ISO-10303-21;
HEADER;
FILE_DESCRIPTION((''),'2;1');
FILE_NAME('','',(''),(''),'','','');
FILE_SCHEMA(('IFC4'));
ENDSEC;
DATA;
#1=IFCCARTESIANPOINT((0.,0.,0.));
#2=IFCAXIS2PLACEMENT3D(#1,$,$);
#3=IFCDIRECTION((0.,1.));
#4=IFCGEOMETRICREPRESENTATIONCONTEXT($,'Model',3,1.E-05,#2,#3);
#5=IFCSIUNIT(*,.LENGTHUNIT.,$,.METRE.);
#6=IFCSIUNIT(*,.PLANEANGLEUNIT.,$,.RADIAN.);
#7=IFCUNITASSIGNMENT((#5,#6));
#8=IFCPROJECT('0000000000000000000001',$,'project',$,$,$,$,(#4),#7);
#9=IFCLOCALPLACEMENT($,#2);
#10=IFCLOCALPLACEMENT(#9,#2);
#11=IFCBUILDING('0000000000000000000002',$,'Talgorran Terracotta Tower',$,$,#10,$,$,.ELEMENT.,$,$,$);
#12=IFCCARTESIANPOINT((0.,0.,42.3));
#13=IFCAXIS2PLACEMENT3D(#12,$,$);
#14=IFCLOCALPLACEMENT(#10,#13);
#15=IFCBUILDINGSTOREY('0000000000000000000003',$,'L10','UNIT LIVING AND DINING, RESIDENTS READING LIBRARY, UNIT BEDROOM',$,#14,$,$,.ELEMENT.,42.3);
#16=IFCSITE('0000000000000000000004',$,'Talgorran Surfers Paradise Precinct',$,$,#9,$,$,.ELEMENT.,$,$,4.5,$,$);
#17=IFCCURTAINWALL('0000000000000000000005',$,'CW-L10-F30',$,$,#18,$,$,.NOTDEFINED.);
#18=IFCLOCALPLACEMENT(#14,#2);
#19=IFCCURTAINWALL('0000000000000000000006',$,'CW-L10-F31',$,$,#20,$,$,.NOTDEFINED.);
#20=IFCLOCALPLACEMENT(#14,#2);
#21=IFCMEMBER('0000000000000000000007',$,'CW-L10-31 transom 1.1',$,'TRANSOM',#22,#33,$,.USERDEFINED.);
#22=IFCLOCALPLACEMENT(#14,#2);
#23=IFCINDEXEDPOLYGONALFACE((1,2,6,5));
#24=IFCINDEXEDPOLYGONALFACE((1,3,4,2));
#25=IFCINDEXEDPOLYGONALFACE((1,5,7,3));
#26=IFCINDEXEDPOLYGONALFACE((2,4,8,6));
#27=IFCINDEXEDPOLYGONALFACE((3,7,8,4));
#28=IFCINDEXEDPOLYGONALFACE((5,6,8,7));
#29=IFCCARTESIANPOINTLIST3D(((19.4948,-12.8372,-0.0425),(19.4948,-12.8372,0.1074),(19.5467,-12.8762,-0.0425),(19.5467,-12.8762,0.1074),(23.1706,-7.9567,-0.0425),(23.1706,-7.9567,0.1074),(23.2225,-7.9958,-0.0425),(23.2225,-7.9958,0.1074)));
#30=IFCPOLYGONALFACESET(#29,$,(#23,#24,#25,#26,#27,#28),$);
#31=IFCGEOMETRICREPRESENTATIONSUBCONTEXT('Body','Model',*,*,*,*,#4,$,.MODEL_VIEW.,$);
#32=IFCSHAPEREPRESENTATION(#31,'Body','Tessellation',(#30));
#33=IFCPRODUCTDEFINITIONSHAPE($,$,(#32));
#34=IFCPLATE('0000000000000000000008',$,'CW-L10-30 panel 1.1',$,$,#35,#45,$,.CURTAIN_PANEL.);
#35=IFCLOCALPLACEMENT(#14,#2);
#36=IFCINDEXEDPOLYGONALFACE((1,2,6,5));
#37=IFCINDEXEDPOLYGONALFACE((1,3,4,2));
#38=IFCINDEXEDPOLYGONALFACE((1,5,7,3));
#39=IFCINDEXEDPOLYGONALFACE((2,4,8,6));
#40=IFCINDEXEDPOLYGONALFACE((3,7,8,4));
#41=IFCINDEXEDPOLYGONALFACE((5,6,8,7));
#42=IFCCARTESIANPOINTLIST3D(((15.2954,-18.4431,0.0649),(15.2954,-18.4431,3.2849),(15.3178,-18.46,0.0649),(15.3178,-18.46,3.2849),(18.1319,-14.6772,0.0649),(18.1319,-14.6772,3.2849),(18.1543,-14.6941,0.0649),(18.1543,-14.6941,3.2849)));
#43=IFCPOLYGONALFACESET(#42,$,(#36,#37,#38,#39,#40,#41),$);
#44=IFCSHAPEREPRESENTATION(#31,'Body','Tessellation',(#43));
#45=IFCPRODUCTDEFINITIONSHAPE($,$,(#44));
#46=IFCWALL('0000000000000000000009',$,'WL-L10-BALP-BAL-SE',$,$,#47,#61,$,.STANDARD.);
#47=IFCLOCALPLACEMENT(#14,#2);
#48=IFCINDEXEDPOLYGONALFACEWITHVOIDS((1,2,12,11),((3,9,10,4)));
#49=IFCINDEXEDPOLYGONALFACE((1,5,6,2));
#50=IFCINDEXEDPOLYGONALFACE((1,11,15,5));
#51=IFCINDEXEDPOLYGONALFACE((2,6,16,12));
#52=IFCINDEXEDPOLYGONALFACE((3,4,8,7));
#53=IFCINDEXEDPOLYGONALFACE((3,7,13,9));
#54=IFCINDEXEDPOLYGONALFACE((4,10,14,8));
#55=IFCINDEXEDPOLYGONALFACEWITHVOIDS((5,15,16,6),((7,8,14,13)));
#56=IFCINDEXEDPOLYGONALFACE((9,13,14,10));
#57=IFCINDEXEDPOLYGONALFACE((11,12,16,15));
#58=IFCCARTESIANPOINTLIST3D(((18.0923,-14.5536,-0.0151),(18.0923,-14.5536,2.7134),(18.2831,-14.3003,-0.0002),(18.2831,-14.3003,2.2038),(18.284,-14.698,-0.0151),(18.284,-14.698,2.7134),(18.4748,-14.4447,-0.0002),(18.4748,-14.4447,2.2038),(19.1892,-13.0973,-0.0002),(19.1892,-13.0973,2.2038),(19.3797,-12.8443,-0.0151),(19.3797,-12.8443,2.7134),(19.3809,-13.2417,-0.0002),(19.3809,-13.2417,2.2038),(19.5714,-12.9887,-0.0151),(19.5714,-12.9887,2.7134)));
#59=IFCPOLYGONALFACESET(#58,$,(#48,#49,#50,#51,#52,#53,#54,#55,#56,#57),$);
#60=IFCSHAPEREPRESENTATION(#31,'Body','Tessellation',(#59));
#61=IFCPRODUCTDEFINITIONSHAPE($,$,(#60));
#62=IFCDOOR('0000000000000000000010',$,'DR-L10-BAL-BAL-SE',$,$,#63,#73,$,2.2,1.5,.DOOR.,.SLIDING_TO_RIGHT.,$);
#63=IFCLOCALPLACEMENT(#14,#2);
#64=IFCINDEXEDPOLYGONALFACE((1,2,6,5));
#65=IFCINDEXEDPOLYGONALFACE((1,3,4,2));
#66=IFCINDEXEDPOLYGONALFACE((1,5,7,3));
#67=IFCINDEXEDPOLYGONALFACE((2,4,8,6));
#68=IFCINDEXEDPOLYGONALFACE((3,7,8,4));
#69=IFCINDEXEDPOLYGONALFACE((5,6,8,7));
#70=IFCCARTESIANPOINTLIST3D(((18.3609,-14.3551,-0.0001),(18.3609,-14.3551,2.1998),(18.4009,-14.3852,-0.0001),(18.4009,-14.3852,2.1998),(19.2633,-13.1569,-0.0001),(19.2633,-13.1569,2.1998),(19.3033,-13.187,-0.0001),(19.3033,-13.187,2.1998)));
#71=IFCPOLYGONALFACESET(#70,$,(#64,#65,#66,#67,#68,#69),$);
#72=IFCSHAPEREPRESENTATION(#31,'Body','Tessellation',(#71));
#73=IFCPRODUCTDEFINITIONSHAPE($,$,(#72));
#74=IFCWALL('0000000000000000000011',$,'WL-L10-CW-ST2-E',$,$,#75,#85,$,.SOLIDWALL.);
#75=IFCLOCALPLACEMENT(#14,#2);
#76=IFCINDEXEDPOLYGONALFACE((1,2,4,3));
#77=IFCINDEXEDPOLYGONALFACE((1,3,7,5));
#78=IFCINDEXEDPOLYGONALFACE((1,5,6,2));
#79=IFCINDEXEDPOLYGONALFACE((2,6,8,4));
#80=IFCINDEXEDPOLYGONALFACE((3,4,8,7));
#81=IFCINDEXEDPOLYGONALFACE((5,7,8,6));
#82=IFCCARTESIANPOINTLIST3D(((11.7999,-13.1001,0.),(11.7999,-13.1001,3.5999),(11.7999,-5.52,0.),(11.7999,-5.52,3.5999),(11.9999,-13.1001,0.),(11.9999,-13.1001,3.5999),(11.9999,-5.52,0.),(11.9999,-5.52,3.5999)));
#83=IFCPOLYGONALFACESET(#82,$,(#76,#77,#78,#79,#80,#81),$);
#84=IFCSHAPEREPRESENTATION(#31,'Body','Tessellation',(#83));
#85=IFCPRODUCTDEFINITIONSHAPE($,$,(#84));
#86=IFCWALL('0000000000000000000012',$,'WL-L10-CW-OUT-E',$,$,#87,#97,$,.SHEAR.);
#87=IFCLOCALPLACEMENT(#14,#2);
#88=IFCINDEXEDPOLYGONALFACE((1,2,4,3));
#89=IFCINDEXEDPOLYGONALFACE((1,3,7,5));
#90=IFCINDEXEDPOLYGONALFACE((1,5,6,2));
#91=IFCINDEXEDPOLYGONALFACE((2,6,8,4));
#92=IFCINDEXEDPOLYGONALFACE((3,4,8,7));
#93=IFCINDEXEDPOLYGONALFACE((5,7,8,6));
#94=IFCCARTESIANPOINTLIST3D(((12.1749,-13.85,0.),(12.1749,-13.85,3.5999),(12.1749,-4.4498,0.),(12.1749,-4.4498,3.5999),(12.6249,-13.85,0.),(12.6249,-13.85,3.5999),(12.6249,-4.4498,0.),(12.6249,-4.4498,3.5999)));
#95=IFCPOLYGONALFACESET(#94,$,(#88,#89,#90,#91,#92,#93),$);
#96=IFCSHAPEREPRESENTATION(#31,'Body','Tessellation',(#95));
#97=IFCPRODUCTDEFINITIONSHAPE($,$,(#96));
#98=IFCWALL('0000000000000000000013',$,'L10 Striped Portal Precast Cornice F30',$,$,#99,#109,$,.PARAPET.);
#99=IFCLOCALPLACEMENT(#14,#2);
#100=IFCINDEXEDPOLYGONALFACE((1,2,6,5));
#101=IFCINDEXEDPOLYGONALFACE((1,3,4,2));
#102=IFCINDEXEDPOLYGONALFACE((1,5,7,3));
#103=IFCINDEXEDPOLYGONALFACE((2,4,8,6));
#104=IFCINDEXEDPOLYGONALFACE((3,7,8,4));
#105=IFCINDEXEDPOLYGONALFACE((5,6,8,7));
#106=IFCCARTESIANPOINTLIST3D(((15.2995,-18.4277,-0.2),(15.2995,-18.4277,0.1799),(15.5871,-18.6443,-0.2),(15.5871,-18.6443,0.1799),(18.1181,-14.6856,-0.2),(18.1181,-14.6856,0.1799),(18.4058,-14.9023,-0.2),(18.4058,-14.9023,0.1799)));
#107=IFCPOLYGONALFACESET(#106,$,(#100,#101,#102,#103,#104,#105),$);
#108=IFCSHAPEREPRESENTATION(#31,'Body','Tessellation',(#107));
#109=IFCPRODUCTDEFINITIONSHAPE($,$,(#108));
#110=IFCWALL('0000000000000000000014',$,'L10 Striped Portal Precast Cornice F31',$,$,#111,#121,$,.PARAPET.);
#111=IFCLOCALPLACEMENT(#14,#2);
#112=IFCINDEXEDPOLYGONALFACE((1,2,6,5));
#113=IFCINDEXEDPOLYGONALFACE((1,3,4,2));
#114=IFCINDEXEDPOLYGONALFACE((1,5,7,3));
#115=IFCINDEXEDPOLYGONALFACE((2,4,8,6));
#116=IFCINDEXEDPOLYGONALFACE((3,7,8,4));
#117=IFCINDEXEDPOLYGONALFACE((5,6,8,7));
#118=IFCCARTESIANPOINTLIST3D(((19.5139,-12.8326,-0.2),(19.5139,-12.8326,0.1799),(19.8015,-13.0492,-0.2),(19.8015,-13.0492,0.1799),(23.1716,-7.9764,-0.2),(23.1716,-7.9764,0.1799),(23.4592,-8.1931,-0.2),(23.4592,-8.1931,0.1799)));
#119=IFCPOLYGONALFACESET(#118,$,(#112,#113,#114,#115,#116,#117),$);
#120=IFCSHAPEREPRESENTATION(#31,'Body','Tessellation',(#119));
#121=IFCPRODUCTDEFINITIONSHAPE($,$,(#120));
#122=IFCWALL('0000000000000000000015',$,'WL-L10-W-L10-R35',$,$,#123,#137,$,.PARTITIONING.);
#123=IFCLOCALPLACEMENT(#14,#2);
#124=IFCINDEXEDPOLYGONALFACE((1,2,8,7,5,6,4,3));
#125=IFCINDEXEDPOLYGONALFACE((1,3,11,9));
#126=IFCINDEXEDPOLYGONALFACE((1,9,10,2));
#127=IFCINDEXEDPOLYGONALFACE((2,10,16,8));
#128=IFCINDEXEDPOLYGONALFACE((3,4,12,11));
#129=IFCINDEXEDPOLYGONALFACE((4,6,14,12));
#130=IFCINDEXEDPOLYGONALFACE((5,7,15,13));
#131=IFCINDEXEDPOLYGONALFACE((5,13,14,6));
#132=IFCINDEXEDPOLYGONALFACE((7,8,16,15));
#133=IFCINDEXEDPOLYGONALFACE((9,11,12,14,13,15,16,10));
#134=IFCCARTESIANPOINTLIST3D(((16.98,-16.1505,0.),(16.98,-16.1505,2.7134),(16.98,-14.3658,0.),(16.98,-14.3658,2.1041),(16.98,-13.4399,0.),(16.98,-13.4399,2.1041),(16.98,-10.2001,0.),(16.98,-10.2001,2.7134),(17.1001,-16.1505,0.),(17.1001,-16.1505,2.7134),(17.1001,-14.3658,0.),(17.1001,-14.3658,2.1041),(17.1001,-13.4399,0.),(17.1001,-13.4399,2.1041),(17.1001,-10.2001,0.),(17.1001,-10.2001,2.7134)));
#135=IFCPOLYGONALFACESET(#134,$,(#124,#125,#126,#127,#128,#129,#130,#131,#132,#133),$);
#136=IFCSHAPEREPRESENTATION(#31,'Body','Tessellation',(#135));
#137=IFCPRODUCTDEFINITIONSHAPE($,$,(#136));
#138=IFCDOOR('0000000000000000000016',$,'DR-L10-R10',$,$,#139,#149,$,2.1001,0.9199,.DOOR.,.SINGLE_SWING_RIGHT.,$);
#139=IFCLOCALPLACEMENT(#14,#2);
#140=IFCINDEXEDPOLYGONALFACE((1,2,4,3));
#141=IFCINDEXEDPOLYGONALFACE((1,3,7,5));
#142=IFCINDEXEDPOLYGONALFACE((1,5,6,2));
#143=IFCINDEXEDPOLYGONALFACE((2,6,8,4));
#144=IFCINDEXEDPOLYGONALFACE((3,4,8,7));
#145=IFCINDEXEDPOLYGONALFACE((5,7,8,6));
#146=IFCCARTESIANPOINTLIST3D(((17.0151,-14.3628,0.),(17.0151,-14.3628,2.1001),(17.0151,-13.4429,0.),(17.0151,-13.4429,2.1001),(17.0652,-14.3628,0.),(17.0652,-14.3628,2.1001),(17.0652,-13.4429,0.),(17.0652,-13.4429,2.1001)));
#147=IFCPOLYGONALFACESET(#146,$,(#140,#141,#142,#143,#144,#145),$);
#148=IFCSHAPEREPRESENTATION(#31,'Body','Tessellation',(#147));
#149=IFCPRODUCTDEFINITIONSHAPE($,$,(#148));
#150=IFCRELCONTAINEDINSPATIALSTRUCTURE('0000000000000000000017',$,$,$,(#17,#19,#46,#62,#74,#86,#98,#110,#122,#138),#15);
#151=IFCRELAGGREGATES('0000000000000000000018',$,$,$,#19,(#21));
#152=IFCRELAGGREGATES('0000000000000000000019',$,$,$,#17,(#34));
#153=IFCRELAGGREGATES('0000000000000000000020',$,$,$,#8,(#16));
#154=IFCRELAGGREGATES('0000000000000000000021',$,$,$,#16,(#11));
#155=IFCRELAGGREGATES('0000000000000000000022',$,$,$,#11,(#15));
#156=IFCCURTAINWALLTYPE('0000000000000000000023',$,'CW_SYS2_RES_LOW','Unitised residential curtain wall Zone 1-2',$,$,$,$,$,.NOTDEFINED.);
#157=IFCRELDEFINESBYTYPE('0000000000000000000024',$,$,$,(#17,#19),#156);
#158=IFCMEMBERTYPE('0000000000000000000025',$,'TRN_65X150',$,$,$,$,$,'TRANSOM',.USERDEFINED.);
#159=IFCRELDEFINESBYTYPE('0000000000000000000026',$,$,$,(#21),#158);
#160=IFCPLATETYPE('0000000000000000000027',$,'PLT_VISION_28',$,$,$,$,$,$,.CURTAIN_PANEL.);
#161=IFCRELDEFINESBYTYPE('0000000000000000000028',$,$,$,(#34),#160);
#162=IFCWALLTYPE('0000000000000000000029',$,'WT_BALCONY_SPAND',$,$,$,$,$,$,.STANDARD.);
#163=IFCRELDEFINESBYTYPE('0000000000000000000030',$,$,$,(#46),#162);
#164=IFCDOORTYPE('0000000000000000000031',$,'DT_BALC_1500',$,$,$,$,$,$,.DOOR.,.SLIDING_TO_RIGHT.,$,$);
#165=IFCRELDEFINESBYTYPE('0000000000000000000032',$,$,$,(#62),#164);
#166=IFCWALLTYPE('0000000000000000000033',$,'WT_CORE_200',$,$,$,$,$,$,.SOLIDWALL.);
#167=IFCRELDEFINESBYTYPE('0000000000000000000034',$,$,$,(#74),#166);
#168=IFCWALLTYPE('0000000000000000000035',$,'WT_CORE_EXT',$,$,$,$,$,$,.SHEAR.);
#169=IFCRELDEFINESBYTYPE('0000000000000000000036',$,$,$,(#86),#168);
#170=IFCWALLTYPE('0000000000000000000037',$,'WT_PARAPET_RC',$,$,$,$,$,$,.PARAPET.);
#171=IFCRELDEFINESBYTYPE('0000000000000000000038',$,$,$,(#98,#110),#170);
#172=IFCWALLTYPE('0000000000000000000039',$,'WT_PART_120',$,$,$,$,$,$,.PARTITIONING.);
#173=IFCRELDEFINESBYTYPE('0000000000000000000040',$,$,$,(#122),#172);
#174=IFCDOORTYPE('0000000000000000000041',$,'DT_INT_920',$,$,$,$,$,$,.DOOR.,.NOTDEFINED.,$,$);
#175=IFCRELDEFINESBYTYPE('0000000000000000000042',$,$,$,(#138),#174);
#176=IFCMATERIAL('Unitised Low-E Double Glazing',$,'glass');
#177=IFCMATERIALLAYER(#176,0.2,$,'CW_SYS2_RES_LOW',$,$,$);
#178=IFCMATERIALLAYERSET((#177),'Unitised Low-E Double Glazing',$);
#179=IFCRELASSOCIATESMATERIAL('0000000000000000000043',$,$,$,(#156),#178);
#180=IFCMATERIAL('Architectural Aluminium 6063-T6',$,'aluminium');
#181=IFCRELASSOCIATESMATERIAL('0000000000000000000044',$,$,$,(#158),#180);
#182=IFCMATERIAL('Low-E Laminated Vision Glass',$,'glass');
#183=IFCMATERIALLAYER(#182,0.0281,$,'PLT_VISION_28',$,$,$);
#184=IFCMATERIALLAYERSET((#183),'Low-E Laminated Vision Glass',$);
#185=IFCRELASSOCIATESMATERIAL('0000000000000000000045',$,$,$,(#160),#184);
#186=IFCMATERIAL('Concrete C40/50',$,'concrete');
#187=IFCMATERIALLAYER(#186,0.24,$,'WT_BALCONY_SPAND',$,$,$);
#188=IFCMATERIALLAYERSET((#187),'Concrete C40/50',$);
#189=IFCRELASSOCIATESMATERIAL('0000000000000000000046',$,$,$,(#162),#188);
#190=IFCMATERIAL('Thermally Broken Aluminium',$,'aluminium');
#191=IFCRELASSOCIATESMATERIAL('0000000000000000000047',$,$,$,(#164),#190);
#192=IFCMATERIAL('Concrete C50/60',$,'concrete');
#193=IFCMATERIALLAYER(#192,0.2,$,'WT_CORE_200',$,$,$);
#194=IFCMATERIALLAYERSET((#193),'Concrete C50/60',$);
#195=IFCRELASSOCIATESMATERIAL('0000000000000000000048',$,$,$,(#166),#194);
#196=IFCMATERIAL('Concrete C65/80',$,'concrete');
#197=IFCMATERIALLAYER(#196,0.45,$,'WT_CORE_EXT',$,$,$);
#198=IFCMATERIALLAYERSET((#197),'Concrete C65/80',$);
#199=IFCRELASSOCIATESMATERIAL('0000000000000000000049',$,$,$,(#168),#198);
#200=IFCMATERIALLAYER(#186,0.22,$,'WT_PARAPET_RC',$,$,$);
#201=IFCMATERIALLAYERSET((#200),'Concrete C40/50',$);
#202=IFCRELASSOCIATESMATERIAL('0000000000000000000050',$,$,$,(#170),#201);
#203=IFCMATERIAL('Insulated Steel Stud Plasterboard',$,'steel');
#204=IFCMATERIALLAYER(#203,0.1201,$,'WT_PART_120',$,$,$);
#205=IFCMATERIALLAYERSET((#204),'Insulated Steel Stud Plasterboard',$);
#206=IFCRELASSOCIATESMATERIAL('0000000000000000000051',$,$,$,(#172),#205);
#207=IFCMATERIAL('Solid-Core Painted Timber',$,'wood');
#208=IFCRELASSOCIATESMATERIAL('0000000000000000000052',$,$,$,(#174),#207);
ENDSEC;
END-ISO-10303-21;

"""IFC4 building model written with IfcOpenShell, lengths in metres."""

from ifc_helpers import new_model, si_unit, direction, frame, frame_2d, origin, origin_2d, place, context, subcontext, project, spatial, rectangle, extrude, source, transform, mapped, material, layer, layer_set, material_profile, profile_set, type_object, type_shapes, element, fill, aggregate, save


model = new_model("IFC4")

# Units and contexts
model_context = context("Model", 3, precision=1e-05, world=origin(), true_north=direction((0.0, 1.0)))
body_context = subcontext(model_context, "Body", "Model", "MODEL_VIEW")
ifc_project = project(units=[si_unit("LENGTHUNIT", "METRE"), si_unit("PLANEANGLEUNIT", "RADIAN")], contexts=[model_context])

# Site, building, storey
site_placement = place(None, origin())
site = spatial("IfcSite", under=ifc_project, at=site_placement, Name="Talgorran Surfers Paradise Precinct", CompositionType="ELEMENT", RefElevation=4.5)
building_placement = place(site_placement, origin())
building = spatial("IfcBuilding", under=site, at=building_placement, Name="Talgorran Terracotta Tower", CompositionType="ELEMENT")
storey_placement = place(building_placement, frame((0.0, 0.0, 42.3)))
storey = spatial("IfcBuildingStorey", under=building, at=storey_placement, Name="L10", Description="UNIT LIVING AND DINING, RESIDENTS READING LIBRARY, UNIT BEDROOM", CompositionType="ELEMENT", Elevation=42.3)

# Shared definitions
ifc_material_1 = material(Name="Unitised Low-E Double Glazing", Category="glass")
ifc_layer_1 = layer(ifc_material_1, 0.2, Name="CW_SYS2_RES_LOW")
ifc_layer_set_1 = layer_set([ifc_layer_1], Name="Unitised Low-E Double Glazing")
curtain_wall_type = type_object("IfcCurtainWallType", Name="CW_SYS2_RES_LOW", Description="Unitised residential curtain wall Zone 1-2", PredefinedType="NOTDEFINED", material=ifc_layer_set_1)
ifc_material_2 = material(Name="Architectural Aluminium 6063-T6", Category="aluminium")

# Curtain wall
curtain_wall_1_placement = place(storey_placement, origin())
curtain_wall_1 = element("IfcCurtainWall", 1, at=curtain_wall_1_placement, inside=storey, type_object=curtain_wall_type, Name="CW-L10-F30", PredefinedType="NOTDEFINED")

# Curtain wall
curtain_wall_2_placement = place(storey_placement, origin())
curtain_wall_2 = element("IfcCurtainWall", 2, at=curtain_wall_2_placement, inside=storey, type_object=curtain_wall_type, Name="CW-L10-F31", PredefinedType="NOTDEFINED")

# Member
ifc_material_profile_1 = material_profile(ifc_material_2, rectangle(XDim=0.0649, YDim=0.1499, at=origin_2d()), Name="CWT65X150")
ifc_profile_set_1 = profile_set([ifc_material_profile_1], Name="Architectural Aluminium 6063-T6")
member_type_1 = type_object("IfcMemberType", Name="TRN_65X150", ElementType="TRANSOM", PredefinedType="USERDEFINED", material=ifc_profile_set_1)
member_1_placement = place(storey_placement, frame((19.5208, -12.8567, 0.0325), z_axis=(0.601623, 0.79878, 0.0), x_axis=(-0.79878, 0.601623, 0.0)))
member_1 = element("IfcMember", 3, at=member_1_placement, type_object=member_type_1, Name="CW-L10-31 transom 1.1", ObjectType="TRANSOM", PredefinedType="USERDEFINED", context=body_context, shape_type="SweptSolid", body=[
    extrude(rectangle(XDim=0.0649, YDim=0.1499, at=origin_2d()), origin(), (0.0, 0.0, 1.0), 6.1099),
])
aggregate(curtain_wall_2, [member_1])

# Plate
ifc_material_3 = material(Name="Low-E Laminated Vision Glass", Category="glass")
ifc_layer_2 = layer(ifc_material_3, 0.0281, Name="PLT_VISION_28")
ifc_layer_set_2 = layer_set([ifc_layer_2], Name="Low-E Laminated Vision Glass")
plate_type = type_object("IfcPlateType", Name="PLT_VISION_28", PredefinedType="CURTAIN_PANEL", material=ifc_layer_set_2)
shared_shape = source(origin(), body_context, "Body", "SweptSolid", [
    extrude(rectangle(XDim=4.7146, YDim=0.0281, at=origin_2d()), origin(), (0.0, 0.0, 1.0), 3.22),
])
type_shapes(plate_type, [shared_shape])
plate_placement = place(storey_placement, frame((16.7249, -16.5686, 0.0649), z_axis=(0.0, 0.0, 1.0), x_axis=(0.60163, 0.798775, 0.0)))
plate = element("IfcPlate", 4, at=plate_placement, type_object=plate_type, Name="CW-L10-30 panel 1.1", PredefinedType="CURTAIN_PANEL", context=body_context, shape_type="MappedRepresentation", body=[
    mapped(shared_shape, transform((0.0, 0.0, 0.0), scale=1.0)),
])
aggregate(curtain_wall_1, [plate])

# Wall, opening, door
ifc_material_4 = material(Name="Concrete C40/50", Category="concrete")
ifc_layer_3 = layer(ifc_material_4, 0.24, Name="WT_BALCONY_SPAND")
ifc_layer_set_3 = layer_set([ifc_layer_3], Name="Concrete C40/50")
wall_type_1 = type_object("IfcWallType", Name="WT_BALCONY_SPAND", PredefinedType="STANDARD", material=ifc_layer_set_3)
wall_1_placement = place(storey_placement, frame((18.1882, -14.6257, -0.0151), z_axis=(0.0, 0.0, 1.0), x_axis=(0.601623, 0.79878, 0.0)))
wall_1 = element("IfcWall", 5, at=wall_1_placement, inside=storey, type_object=wall_type_1, Name="WL-L10-BALP-BAL-SE", PredefinedType="STANDARD", context=body_context, shape_type="SweptSolid", body=[
    extrude(rectangle(XDim=2.1399, YDim=0.24, at=frame_2d((1.0698, 0.0))), origin(), (0.0, 0.0, 1.0), 2.7285),
])
opening_1_placement = place(wall_1_placement, frame((0.3201, 0.0, 0.0149)))
opening_1 = element("IfcOpeningElement", 6, at=opening_1_placement, cuts=wall_1, PredefinedType="OPENING", context=body_context, shape_type="SweptSolid", body=[
    extrude(rectangle(XDim=1.506, YDim=2.204, at=frame_2d((0.75, 1.1021))), frame((0.0, 0.1299, 0.0), z_axis=(0.0, -1.0, 0.0), x_axis=(1.0, 0.0, 0.0)), (0.0, 0.0, 1.0), 0.26),
])
ifc_material_5 = material(Name="Thermally Broken Aluminium", Category="aluminium")
door_type_1 = type_object("IfcDoorType", Name="DT_BALC_1500", OperationType="SLIDING_TO_RIGHT", PredefinedType="DOOR", material=ifc_material_5)
door_1_placement = place(opening_1_placement, origin())
door_1 = element("IfcDoor", 7, at=door_1_placement, inside=storey, type_object=door_type_1, Name="DR-L10-BAL-BAL-SE", OperationType="SLIDING_TO_RIGHT", OverallHeight=2.2, OverallWidth=1.5, PredefinedType="DOOR", context=body_context, shape_type="SweptSolid", body=[
    extrude(rectangle(XDim=1.5, YDim=2.2, at=frame_2d((0.75, 1.1001))), frame((0.0, 0.0249, 0.0), z_axis=(0.0, -1.0, 0.0), x_axis=(1.0, 0.0, 0.0)), (0.0, 0.0, 1.0), 0.05),
])
fill(opening_1, door_1)

# Walls
ifc_material_6 = material(Name="Concrete C50/60", Category="concrete")
ifc_layer_4 = layer(ifc_material_6, 0.2, Name="WT_CORE_200")
ifc_layer_set_4 = layer_set([ifc_layer_4], Name="Concrete C50/60")
wall_type_2 = type_object("IfcWallType", Name="WT_CORE_200", PredefinedType="SOLIDWALL", material=ifc_layer_set_4)
wall_2_placement = place(storey_placement, frame((11.8999, -13.1001, 0.0), z_axis=(0.0, 0.0, 1.0), x_axis=(0.0, 1.0, 0.0)))
element("IfcWall", 8, at=wall_2_placement, inside=storey, type_object=wall_type_2, Name="WL-L10-CW-ST2-E", PredefinedType="SOLIDWALL", context=body_context, shape_type="SweptSolid", body=[
    extrude(rectangle(XDim=7.5801, YDim=0.2, at=frame_2d((3.79, 0.0))), origin(), (0.0, 0.0, 1.0), 3.5999),
])
ifc_material_7 = material(Name="Concrete C65/80", Category="concrete")
ifc_layer_5 = layer(ifc_material_7, 0.45, Name="WT_CORE_EXT")
ifc_layer_set_5 = layer_set([ifc_layer_5], Name="Concrete C65/80")
wall_type_3 = type_object("IfcWallType", Name="WT_CORE_EXT", PredefinedType="SHEAR", material=ifc_layer_set_5)
wall_3_placement = place(storey_placement, frame((12.3999, -13.8501, 0.0), z_axis=(0.0, 0.0, 1.0), x_axis=(0.0, 1.0, 0.0)))
element("IfcWall", 9, at=wall_3_placement, inside=storey, type_object=wall_type_3, Name="WL-L10-CW-OUT-E", PredefinedType="SHEAR", context=body_context, shape_type="SweptSolid", body=[
    extrude(rectangle(XDim=9.4001, YDim=0.45, at=frame_2d((4.7002, 0.0))), origin(), (0.0, 0.0, 1.0), 3.5999),
])
ifc_layer_6 = layer(ifc_material_4, 0.22, Name="WT_PARAPET_RC")
ifc_layer_set_6 = layer_set([ifc_layer_6], Name="Concrete C40/50")
wall_type_4 = type_object("IfcWallType", Name="WT_PARAPET_RC", PredefinedType="PARAPET", material=ifc_layer_set_6)
wall_4_placement = place(storey_placement, frame((15.4434, -18.5359, -0.2), z_axis=(0.0, 0.0, 1.0), x_axis=(0.601658, 0.798754, 0.0)))
element("IfcWall", 10, at=wall_4_placement, inside=storey, type_object=wall_type_4, Name="L10 Striped Portal Precast Cornice F30", PredefinedType="PARAPET", context=body_context, shape_type="SweptSolid", body=[
    extrude(rectangle(XDim=4.6848, YDim=0.3601, at=frame_2d((2.3423, 0.0))), origin(), (0.0, 0.0, 1.0), 0.3799),
])
wall_5_placement = place(storey_placement, frame((19.6577, -12.9409, -0.2), z_axis=(0.0, 0.0, 1.0), x_axis=(0.601637, 0.79877, 0.0)))
element("IfcWall", 11, at=wall_5_placement, inside=storey, type_object=wall_type_4, Name="L10 Striped Portal Precast Cornice F31", PredefinedType="PARAPET", context=body_context, shape_type="SweptSolid", body=[
    extrude(rectangle(XDim=6.0796, YDim=0.3601, at=frame_2d((3.0398, 0.0))), origin(), (0.0, 0.0, 1.0), 0.3799),
])

# Wall, opening, door
ifc_material_8 = material(Name="Insulated Steel Stud Plasterboard", Category="steel")
ifc_layer_7 = layer(ifc_material_8, 0.1201, Name="WT_PART_120")
ifc_layer_set_7 = layer_set([ifc_layer_7], Name="Insulated Steel Stud Plasterboard")
wall_type_5 = type_object("IfcWallType", Name="WT_PART_120", PredefinedType="PARTITIONING", material=ifc_layer_set_7)
wall_6_placement = place(storey_placement, frame((17.04, -16.1504, 0.0), z_axis=(0.0, 0.0, 1.0), x_axis=(0.0, 1.0, 0.0)))
wall_6 = element("IfcWall", 12, at=wall_6_placement, inside=storey, type_object=wall_type_5, Name="WL-L10-W-L10-R35", PredefinedType="PARTITIONING", context=body_context, shape_type="SweptSolid", body=[
    extrude(rectangle(XDim=5.9504, YDim=0.1201, at=frame_2d((2.9751, 0.0))), origin(), (0.0, 0.0, 1.0), 2.7134),
])
opening_2_placement = place(wall_6_placement, frame((1.7876, 0.0, 0.0)))
opening_2 = element("IfcOpeningElement", 13, at=opening_2_placement, cuts=wall_6, PredefinedType="OPENING", context=body_context, shape_type="SweptSolid", body=[
    extrude(rectangle(XDim=0.9259, YDim=2.1041, at=frame_2d((0.46, 1.052))), frame((0.0, 0.0701, 0.0), z_axis=(0.0, -1.0, 0.0), x_axis=(1.0, 0.0, 0.0)), (0.0, 0.0, 1.0), 0.1401),
])
ifc_material_9 = material(Name="Solid-Core Painted Timber", Category="wood")
door_type_2 = type_object("IfcDoorType", Name="DT_INT_920", OperationType="NOTDEFINED", PredefinedType="DOOR", material=ifc_material_9)
door_2_placement = place(opening_2_placement, origin())
door_2 = element("IfcDoor", 14, at=door_2_placement, inside=storey, type_object=door_type_2, Name="DR-L10-R10", OperationType="SINGLE_SWING_RIGHT", OverallHeight=2.1001, OverallWidth=0.9199, PredefinedType="DOOR", context=body_context, shape_type="SweptSolid", body=[
    extrude(rectangle(XDim=0.9199, YDim=2.1001, at=frame_2d((0.46, 1.05))), frame((0.0, 0.0249, 0.0), z_axis=(0.0, -1.0, 0.0), x_axis=(1.0, 0.0, 0.0)), (0.0, 0.0, 1.0), 0.05),
])
fill(opening_2, door_2)

save(model, "model.ifc")
